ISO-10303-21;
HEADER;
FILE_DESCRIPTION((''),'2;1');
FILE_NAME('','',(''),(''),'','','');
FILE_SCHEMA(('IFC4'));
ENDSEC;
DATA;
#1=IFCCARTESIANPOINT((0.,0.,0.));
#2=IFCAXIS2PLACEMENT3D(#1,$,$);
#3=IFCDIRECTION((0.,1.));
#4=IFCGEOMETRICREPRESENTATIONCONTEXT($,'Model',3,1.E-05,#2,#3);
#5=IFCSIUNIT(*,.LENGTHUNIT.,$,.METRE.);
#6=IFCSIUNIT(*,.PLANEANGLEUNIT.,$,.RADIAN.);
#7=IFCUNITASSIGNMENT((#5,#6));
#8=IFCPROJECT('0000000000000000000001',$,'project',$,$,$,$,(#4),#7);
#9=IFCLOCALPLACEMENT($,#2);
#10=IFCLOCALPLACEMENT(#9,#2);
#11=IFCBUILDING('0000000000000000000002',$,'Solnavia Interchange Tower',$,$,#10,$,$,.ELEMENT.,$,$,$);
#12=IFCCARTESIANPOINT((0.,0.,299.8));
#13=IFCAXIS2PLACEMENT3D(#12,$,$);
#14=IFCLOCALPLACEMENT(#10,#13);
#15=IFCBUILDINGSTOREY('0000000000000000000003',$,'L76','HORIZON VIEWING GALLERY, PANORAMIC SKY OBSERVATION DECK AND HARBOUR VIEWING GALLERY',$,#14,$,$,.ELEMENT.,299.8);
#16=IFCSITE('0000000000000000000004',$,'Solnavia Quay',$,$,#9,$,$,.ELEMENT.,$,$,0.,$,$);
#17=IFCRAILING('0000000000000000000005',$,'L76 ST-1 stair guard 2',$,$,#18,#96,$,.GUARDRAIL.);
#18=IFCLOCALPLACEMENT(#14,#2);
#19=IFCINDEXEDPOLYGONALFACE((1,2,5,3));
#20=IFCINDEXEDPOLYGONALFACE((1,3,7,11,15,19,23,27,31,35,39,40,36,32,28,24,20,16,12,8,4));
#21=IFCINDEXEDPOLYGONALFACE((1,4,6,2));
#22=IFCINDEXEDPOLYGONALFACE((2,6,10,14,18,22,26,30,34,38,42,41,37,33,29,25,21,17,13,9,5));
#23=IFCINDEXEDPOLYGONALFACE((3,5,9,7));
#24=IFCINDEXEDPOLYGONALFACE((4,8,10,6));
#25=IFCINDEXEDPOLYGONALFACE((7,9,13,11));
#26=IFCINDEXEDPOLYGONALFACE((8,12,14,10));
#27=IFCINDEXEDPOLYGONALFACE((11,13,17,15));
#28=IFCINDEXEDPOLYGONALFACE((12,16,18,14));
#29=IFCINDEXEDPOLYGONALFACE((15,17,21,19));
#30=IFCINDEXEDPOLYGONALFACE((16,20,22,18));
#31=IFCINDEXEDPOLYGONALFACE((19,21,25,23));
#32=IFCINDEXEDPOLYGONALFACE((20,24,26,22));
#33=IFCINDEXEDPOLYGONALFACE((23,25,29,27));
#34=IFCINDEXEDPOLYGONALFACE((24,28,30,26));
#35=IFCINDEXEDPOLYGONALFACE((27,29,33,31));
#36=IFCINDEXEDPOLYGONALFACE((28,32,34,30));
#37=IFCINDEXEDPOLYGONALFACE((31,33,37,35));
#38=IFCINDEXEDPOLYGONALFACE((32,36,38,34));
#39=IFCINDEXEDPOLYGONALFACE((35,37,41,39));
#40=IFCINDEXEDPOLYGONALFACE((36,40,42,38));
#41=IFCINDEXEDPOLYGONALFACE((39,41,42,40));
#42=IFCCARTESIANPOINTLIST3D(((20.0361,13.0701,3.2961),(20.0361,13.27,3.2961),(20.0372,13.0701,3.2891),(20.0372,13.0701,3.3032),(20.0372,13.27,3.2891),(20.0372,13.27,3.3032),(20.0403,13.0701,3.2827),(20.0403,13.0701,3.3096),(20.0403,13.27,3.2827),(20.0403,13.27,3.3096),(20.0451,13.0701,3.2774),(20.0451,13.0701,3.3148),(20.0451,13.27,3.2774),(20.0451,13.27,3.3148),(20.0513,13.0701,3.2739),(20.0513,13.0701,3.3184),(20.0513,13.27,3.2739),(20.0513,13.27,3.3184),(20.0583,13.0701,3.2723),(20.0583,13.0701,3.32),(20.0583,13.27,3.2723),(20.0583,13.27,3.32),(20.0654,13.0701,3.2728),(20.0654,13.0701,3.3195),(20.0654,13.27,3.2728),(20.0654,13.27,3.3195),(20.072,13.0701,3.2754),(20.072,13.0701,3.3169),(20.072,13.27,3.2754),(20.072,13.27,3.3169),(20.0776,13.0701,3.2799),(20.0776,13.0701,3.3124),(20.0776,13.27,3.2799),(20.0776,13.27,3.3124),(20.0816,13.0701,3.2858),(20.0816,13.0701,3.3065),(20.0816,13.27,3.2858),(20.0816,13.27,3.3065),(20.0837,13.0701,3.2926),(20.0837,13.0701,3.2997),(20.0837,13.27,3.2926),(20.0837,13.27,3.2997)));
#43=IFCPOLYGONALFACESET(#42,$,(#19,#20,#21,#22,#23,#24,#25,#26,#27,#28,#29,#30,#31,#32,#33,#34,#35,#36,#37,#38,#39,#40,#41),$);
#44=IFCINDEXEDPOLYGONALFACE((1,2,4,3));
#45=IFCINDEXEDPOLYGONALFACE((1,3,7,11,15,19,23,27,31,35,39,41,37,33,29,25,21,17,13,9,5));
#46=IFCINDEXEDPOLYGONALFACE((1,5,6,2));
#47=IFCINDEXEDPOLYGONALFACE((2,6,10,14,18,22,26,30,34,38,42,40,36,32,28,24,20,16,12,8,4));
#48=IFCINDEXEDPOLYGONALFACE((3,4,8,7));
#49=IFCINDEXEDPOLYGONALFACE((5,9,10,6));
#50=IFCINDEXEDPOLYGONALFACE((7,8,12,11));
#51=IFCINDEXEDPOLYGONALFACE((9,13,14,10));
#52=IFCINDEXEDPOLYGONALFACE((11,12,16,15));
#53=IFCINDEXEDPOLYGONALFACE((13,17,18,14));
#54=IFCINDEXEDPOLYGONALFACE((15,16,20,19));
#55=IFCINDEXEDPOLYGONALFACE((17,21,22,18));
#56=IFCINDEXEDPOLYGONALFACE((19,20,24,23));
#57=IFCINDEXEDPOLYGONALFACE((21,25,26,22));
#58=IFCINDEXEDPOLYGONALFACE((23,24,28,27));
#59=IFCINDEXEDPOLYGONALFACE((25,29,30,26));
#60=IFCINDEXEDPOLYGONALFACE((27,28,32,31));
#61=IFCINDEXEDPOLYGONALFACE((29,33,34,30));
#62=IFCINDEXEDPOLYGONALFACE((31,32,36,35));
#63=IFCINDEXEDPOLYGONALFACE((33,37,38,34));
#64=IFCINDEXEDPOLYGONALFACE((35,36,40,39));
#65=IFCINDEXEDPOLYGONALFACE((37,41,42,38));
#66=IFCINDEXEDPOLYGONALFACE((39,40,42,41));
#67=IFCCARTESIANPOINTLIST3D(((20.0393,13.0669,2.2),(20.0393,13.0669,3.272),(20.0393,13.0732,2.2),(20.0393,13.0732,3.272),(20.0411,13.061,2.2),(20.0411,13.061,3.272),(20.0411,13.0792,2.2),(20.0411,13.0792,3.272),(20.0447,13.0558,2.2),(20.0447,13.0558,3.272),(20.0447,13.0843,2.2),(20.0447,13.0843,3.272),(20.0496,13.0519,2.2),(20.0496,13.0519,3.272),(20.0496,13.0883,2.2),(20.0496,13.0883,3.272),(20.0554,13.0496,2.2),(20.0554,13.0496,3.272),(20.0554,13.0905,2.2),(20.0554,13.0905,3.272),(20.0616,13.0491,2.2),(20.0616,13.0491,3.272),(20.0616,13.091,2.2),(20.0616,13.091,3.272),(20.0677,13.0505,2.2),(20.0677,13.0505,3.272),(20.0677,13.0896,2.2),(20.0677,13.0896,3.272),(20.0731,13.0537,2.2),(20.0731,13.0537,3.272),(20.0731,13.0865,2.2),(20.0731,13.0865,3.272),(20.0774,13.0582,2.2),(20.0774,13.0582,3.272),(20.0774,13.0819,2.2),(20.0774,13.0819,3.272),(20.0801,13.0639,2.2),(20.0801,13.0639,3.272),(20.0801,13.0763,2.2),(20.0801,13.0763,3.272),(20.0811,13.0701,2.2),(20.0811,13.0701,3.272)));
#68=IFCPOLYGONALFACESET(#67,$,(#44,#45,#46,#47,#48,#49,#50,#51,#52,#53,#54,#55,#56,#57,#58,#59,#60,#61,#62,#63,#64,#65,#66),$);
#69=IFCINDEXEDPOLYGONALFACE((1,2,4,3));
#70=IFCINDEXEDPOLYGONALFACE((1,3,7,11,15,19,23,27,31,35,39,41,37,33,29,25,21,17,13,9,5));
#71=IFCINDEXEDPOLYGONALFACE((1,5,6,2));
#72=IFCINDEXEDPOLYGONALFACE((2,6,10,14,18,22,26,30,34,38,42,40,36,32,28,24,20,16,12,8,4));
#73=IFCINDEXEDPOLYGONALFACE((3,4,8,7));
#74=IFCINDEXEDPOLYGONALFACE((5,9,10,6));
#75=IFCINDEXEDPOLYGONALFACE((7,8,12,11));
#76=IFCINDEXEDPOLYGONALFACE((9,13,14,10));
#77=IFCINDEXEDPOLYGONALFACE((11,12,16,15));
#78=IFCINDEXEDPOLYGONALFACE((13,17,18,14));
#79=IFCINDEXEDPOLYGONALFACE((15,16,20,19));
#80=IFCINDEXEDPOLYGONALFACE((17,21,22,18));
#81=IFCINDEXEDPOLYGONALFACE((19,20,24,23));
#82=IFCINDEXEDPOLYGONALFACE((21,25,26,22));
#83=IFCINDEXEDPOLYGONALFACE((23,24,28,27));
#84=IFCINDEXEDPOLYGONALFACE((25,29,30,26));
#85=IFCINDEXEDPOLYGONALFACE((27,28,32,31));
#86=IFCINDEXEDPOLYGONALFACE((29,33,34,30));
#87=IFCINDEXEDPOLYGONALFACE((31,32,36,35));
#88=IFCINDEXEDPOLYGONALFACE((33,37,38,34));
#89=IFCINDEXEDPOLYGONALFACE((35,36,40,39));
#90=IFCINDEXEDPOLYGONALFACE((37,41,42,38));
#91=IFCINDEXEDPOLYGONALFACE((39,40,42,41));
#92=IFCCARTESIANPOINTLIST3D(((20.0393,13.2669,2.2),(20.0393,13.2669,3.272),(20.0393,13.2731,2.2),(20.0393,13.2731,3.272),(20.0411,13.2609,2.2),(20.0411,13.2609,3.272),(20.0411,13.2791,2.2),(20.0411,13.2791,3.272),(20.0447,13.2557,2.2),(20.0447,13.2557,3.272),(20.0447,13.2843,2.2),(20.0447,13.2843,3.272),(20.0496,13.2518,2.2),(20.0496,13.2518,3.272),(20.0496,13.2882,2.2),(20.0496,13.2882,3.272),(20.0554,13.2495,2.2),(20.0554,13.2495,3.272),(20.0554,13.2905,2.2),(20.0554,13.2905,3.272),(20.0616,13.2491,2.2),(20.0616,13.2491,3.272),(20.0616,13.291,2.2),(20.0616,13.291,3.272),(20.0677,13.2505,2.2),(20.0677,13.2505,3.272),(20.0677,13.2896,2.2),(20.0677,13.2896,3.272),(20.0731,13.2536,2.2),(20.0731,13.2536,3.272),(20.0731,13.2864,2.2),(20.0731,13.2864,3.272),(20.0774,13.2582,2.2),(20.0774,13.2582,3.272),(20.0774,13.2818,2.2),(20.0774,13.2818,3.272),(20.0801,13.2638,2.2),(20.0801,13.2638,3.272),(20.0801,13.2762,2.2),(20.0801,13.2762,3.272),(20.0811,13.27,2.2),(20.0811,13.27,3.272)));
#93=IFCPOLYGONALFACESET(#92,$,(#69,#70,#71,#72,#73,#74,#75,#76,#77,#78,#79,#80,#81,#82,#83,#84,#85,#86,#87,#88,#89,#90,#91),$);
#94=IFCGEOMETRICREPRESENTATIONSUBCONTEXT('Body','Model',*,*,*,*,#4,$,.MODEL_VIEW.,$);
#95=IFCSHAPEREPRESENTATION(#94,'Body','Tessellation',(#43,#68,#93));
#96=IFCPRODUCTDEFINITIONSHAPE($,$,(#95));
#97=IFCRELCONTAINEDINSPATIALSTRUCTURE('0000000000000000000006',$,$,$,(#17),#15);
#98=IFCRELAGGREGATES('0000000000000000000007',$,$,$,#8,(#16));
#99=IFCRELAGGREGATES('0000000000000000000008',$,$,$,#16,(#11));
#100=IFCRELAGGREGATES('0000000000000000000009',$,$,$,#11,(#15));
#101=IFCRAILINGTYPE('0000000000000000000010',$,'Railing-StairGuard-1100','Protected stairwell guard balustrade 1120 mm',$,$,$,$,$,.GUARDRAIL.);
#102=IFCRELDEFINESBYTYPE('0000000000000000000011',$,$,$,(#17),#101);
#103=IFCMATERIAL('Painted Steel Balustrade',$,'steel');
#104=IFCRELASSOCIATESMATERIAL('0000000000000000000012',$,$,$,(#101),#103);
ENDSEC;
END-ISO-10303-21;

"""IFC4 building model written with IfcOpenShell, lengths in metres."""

from ifc_helpers import new_model, si_unit, direction, frame, origin, origin_2d, place, context, subcontext, project, spatial, circle, extrude, material, type_object, element, save


model = new_model("IFC4")

# Units and contexts
model_context = context("Model", 3, precision=1e-05, world=origin(), true_north=direction((0.0, 1.0)))
body_context = subcontext(model_context, "Body", "Model", "MODEL_VIEW")
ifc_project = project(units=[si_unit("LENGTHUNIT", "METRE"), si_unit("PLANEANGLEUNIT", "RADIAN")], contexts=[model_context])

# Site, building, storey
site_placement = place(None, origin())
site = spatial("IfcSite", under=ifc_project, at=site_placement, Name="Solnavia Quay", CompositionType="ELEMENT", RefElevation=0.0)
building_placement = place(site_placement, origin())
building = spatial("IfcBuilding", under=site, at=building_placement, Name="Solnavia Interchange Tower", CompositionType="ELEMENT")
storey_placement = place(building_placement, frame((0.0, 0.0, 299.8)))
storey = spatial("IfcBuildingStorey", under=building, at=storey_placement, Name="L76", Description="HORIZON VIEWING GALLERY, PANORAMIC SKY OBSERVATION DECK AND HARBOUR VIEWING GALLERY", CompositionType="ELEMENT", Elevation=299.8)

# Railing
ifc_material_1 = material(Name="Painted Steel Balustrade", Category="steel")
railing_type_1 = type_object("IfcRailingType", Name="Railing-StairGuard-1100", Description="Protected stairwell guard balustrade 1120 mm", PredefinedType="GUARDRAIL", material=ifc_material_1)
railing_1_placement = place(storey_placement, frame((20.0601, 13.0701, 2.2)))
element("IfcRailing", 1, at=railing_1_placement, inside=storey, type_object=railing_type_1, Name="L76 ST-1 stair guard 2", PredefinedType="GUARDRAIL", context=body_context, shape_type="SweptSolid", body=[
    extrude(circle(Radius=0.0239, at=origin_2d()), frame((0.0, 0.0, 1.0962), z_axis=(0.0, 1.0, 0.0), x_axis=(-1.0, 0.0, 0.0)), (0.0, 0.0, 1.0), 0.2),
    extrude(circle(Radius=0.021, at=origin_2d()), origin(), (0.0, 0.0, 1.0), 1.072),
    extrude(circle(Radius=0.021, at=origin_2d()), frame((0.0, 0.2, 0.0)), (0.0, 0.0, 1.0), 1.072),
])

save(model, "model.ifc")
